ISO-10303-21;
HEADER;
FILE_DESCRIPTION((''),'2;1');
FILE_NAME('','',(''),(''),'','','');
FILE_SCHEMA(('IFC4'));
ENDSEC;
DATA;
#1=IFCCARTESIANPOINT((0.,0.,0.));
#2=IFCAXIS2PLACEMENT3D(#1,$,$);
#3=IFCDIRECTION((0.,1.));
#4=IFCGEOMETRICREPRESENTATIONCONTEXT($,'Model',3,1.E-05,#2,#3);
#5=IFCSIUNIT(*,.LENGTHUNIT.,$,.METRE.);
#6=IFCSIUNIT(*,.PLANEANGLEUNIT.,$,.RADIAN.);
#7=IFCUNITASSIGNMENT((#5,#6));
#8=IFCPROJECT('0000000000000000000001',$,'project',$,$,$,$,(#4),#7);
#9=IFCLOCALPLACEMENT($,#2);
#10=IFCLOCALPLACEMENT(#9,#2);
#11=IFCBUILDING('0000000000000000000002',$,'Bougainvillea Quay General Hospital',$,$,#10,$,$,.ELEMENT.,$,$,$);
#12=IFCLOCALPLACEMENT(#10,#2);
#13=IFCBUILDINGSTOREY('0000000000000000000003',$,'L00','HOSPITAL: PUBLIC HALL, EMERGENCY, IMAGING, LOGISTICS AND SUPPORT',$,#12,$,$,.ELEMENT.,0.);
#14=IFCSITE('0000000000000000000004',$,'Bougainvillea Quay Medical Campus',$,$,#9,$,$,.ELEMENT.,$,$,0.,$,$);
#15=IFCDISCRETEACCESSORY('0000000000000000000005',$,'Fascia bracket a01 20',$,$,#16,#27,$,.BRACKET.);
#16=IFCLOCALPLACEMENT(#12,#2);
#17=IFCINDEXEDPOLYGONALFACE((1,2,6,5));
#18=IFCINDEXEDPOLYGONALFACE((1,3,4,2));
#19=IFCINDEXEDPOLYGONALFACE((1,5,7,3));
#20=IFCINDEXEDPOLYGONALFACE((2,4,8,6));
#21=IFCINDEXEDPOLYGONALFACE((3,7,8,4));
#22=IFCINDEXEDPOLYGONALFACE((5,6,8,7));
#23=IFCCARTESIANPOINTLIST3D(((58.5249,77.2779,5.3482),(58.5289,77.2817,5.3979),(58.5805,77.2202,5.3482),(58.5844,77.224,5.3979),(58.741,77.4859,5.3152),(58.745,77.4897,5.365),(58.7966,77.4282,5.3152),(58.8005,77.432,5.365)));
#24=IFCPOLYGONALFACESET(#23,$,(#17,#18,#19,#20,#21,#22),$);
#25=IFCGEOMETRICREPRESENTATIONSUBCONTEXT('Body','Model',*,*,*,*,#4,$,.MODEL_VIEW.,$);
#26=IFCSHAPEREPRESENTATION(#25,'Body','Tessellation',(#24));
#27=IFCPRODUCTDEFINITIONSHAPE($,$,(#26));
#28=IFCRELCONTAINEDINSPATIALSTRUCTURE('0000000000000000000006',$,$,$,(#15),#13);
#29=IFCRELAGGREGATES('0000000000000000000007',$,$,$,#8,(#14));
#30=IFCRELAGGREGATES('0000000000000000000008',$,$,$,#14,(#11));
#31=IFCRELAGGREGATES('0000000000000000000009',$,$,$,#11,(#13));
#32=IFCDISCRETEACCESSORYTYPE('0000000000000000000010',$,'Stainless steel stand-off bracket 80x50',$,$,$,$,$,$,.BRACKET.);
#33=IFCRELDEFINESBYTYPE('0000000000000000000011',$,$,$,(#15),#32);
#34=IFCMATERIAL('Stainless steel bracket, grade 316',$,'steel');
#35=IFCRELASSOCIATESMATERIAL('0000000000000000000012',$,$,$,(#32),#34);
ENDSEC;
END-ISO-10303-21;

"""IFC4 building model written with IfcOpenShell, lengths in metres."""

from ifc_helpers import new_model, si_unit, direction, frame, origin, origin_2d, place, context, subcontext, project, spatial, rectangle, extrude, material, material_profile, profile_set, type_object, element, save


model = new_model("IFC4")

# Units and contexts
model_context = context("Model", 3, precision=1e-05, world=origin(), true_north=direction((0.0, 1.0)))
body_context = subcontext(model_context, "Body", "Model", "MODEL_VIEW")
ifc_project = project(units=[si_unit("LENGTHUNIT", "METRE"), si_unit("PLANEANGLEUNIT", "RADIAN")], contexts=[model_context])

# Site, building, storey
site_placement = place(None, origin())
site = spatial("IfcSite", under=ifc_project, at=site_placement, Name="Bougainvillea Quay Medical Campus", CompositionType="ELEMENT", RefElevation=0.0)
building_placement = place(site_placement, origin())
building = spatial("IfcBuilding", under=site, at=building_placement, Name="Bougainvillea Quay General Hospital", CompositionType="ELEMENT")
storey_placement = place(building_placement, origin())
storey = spatial("IfcBuildingStorey", under=building, at=storey_placement, Name="L00", Description="HOSPITAL: PUBLIC HALL, EMERGENCY, IMAGING, LOGISTICS AND SUPPORT", CompositionType="ELEMENT", Elevation=0.0)

# Discrete accessory
ifc_material_1 = material(Name="Stainless steel bracket, grade 316", Category="steel")
ifc_material_profile_1 = material_profile(ifc_material_1, rectangle(XDim=0.0801, YDim=0.05, at=origin_2d()))
ifc_profile_set_1 = profile_set([ifc_material_profile_1], Name="Stainless steel bracket, grade 316")
discrete_accessory_type = type_object("IfcDiscreteAccessoryType", Name="Stainless steel stand-off bracket 80x50", PredefinedType="BRACKET", material=ifc_profile_set_1)
discrete_accessory_placement = place(storey_placement, frame((58.7708, 77.459, 5.3401), z_axis=(-0.7161, -0.689398, 0.109236), x_axis=(0.693548, -0.720411, 0.0)))
element("IfcDiscreteAccessory", 1, at=discrete_accessory_placement, inside=storey, type_object=discrete_accessory_type, Name="Fascia bracket a01 20", PredefinedType="BRACKET", context=body_context, shape_type="SweptSolid", body=[
    extrude(rectangle(XDim=0.0801, YDim=0.05, at=origin_2d()), origin(), (0.0, 0.0, 1.0), 0.3018),
])

save(model, "model.ifc")
